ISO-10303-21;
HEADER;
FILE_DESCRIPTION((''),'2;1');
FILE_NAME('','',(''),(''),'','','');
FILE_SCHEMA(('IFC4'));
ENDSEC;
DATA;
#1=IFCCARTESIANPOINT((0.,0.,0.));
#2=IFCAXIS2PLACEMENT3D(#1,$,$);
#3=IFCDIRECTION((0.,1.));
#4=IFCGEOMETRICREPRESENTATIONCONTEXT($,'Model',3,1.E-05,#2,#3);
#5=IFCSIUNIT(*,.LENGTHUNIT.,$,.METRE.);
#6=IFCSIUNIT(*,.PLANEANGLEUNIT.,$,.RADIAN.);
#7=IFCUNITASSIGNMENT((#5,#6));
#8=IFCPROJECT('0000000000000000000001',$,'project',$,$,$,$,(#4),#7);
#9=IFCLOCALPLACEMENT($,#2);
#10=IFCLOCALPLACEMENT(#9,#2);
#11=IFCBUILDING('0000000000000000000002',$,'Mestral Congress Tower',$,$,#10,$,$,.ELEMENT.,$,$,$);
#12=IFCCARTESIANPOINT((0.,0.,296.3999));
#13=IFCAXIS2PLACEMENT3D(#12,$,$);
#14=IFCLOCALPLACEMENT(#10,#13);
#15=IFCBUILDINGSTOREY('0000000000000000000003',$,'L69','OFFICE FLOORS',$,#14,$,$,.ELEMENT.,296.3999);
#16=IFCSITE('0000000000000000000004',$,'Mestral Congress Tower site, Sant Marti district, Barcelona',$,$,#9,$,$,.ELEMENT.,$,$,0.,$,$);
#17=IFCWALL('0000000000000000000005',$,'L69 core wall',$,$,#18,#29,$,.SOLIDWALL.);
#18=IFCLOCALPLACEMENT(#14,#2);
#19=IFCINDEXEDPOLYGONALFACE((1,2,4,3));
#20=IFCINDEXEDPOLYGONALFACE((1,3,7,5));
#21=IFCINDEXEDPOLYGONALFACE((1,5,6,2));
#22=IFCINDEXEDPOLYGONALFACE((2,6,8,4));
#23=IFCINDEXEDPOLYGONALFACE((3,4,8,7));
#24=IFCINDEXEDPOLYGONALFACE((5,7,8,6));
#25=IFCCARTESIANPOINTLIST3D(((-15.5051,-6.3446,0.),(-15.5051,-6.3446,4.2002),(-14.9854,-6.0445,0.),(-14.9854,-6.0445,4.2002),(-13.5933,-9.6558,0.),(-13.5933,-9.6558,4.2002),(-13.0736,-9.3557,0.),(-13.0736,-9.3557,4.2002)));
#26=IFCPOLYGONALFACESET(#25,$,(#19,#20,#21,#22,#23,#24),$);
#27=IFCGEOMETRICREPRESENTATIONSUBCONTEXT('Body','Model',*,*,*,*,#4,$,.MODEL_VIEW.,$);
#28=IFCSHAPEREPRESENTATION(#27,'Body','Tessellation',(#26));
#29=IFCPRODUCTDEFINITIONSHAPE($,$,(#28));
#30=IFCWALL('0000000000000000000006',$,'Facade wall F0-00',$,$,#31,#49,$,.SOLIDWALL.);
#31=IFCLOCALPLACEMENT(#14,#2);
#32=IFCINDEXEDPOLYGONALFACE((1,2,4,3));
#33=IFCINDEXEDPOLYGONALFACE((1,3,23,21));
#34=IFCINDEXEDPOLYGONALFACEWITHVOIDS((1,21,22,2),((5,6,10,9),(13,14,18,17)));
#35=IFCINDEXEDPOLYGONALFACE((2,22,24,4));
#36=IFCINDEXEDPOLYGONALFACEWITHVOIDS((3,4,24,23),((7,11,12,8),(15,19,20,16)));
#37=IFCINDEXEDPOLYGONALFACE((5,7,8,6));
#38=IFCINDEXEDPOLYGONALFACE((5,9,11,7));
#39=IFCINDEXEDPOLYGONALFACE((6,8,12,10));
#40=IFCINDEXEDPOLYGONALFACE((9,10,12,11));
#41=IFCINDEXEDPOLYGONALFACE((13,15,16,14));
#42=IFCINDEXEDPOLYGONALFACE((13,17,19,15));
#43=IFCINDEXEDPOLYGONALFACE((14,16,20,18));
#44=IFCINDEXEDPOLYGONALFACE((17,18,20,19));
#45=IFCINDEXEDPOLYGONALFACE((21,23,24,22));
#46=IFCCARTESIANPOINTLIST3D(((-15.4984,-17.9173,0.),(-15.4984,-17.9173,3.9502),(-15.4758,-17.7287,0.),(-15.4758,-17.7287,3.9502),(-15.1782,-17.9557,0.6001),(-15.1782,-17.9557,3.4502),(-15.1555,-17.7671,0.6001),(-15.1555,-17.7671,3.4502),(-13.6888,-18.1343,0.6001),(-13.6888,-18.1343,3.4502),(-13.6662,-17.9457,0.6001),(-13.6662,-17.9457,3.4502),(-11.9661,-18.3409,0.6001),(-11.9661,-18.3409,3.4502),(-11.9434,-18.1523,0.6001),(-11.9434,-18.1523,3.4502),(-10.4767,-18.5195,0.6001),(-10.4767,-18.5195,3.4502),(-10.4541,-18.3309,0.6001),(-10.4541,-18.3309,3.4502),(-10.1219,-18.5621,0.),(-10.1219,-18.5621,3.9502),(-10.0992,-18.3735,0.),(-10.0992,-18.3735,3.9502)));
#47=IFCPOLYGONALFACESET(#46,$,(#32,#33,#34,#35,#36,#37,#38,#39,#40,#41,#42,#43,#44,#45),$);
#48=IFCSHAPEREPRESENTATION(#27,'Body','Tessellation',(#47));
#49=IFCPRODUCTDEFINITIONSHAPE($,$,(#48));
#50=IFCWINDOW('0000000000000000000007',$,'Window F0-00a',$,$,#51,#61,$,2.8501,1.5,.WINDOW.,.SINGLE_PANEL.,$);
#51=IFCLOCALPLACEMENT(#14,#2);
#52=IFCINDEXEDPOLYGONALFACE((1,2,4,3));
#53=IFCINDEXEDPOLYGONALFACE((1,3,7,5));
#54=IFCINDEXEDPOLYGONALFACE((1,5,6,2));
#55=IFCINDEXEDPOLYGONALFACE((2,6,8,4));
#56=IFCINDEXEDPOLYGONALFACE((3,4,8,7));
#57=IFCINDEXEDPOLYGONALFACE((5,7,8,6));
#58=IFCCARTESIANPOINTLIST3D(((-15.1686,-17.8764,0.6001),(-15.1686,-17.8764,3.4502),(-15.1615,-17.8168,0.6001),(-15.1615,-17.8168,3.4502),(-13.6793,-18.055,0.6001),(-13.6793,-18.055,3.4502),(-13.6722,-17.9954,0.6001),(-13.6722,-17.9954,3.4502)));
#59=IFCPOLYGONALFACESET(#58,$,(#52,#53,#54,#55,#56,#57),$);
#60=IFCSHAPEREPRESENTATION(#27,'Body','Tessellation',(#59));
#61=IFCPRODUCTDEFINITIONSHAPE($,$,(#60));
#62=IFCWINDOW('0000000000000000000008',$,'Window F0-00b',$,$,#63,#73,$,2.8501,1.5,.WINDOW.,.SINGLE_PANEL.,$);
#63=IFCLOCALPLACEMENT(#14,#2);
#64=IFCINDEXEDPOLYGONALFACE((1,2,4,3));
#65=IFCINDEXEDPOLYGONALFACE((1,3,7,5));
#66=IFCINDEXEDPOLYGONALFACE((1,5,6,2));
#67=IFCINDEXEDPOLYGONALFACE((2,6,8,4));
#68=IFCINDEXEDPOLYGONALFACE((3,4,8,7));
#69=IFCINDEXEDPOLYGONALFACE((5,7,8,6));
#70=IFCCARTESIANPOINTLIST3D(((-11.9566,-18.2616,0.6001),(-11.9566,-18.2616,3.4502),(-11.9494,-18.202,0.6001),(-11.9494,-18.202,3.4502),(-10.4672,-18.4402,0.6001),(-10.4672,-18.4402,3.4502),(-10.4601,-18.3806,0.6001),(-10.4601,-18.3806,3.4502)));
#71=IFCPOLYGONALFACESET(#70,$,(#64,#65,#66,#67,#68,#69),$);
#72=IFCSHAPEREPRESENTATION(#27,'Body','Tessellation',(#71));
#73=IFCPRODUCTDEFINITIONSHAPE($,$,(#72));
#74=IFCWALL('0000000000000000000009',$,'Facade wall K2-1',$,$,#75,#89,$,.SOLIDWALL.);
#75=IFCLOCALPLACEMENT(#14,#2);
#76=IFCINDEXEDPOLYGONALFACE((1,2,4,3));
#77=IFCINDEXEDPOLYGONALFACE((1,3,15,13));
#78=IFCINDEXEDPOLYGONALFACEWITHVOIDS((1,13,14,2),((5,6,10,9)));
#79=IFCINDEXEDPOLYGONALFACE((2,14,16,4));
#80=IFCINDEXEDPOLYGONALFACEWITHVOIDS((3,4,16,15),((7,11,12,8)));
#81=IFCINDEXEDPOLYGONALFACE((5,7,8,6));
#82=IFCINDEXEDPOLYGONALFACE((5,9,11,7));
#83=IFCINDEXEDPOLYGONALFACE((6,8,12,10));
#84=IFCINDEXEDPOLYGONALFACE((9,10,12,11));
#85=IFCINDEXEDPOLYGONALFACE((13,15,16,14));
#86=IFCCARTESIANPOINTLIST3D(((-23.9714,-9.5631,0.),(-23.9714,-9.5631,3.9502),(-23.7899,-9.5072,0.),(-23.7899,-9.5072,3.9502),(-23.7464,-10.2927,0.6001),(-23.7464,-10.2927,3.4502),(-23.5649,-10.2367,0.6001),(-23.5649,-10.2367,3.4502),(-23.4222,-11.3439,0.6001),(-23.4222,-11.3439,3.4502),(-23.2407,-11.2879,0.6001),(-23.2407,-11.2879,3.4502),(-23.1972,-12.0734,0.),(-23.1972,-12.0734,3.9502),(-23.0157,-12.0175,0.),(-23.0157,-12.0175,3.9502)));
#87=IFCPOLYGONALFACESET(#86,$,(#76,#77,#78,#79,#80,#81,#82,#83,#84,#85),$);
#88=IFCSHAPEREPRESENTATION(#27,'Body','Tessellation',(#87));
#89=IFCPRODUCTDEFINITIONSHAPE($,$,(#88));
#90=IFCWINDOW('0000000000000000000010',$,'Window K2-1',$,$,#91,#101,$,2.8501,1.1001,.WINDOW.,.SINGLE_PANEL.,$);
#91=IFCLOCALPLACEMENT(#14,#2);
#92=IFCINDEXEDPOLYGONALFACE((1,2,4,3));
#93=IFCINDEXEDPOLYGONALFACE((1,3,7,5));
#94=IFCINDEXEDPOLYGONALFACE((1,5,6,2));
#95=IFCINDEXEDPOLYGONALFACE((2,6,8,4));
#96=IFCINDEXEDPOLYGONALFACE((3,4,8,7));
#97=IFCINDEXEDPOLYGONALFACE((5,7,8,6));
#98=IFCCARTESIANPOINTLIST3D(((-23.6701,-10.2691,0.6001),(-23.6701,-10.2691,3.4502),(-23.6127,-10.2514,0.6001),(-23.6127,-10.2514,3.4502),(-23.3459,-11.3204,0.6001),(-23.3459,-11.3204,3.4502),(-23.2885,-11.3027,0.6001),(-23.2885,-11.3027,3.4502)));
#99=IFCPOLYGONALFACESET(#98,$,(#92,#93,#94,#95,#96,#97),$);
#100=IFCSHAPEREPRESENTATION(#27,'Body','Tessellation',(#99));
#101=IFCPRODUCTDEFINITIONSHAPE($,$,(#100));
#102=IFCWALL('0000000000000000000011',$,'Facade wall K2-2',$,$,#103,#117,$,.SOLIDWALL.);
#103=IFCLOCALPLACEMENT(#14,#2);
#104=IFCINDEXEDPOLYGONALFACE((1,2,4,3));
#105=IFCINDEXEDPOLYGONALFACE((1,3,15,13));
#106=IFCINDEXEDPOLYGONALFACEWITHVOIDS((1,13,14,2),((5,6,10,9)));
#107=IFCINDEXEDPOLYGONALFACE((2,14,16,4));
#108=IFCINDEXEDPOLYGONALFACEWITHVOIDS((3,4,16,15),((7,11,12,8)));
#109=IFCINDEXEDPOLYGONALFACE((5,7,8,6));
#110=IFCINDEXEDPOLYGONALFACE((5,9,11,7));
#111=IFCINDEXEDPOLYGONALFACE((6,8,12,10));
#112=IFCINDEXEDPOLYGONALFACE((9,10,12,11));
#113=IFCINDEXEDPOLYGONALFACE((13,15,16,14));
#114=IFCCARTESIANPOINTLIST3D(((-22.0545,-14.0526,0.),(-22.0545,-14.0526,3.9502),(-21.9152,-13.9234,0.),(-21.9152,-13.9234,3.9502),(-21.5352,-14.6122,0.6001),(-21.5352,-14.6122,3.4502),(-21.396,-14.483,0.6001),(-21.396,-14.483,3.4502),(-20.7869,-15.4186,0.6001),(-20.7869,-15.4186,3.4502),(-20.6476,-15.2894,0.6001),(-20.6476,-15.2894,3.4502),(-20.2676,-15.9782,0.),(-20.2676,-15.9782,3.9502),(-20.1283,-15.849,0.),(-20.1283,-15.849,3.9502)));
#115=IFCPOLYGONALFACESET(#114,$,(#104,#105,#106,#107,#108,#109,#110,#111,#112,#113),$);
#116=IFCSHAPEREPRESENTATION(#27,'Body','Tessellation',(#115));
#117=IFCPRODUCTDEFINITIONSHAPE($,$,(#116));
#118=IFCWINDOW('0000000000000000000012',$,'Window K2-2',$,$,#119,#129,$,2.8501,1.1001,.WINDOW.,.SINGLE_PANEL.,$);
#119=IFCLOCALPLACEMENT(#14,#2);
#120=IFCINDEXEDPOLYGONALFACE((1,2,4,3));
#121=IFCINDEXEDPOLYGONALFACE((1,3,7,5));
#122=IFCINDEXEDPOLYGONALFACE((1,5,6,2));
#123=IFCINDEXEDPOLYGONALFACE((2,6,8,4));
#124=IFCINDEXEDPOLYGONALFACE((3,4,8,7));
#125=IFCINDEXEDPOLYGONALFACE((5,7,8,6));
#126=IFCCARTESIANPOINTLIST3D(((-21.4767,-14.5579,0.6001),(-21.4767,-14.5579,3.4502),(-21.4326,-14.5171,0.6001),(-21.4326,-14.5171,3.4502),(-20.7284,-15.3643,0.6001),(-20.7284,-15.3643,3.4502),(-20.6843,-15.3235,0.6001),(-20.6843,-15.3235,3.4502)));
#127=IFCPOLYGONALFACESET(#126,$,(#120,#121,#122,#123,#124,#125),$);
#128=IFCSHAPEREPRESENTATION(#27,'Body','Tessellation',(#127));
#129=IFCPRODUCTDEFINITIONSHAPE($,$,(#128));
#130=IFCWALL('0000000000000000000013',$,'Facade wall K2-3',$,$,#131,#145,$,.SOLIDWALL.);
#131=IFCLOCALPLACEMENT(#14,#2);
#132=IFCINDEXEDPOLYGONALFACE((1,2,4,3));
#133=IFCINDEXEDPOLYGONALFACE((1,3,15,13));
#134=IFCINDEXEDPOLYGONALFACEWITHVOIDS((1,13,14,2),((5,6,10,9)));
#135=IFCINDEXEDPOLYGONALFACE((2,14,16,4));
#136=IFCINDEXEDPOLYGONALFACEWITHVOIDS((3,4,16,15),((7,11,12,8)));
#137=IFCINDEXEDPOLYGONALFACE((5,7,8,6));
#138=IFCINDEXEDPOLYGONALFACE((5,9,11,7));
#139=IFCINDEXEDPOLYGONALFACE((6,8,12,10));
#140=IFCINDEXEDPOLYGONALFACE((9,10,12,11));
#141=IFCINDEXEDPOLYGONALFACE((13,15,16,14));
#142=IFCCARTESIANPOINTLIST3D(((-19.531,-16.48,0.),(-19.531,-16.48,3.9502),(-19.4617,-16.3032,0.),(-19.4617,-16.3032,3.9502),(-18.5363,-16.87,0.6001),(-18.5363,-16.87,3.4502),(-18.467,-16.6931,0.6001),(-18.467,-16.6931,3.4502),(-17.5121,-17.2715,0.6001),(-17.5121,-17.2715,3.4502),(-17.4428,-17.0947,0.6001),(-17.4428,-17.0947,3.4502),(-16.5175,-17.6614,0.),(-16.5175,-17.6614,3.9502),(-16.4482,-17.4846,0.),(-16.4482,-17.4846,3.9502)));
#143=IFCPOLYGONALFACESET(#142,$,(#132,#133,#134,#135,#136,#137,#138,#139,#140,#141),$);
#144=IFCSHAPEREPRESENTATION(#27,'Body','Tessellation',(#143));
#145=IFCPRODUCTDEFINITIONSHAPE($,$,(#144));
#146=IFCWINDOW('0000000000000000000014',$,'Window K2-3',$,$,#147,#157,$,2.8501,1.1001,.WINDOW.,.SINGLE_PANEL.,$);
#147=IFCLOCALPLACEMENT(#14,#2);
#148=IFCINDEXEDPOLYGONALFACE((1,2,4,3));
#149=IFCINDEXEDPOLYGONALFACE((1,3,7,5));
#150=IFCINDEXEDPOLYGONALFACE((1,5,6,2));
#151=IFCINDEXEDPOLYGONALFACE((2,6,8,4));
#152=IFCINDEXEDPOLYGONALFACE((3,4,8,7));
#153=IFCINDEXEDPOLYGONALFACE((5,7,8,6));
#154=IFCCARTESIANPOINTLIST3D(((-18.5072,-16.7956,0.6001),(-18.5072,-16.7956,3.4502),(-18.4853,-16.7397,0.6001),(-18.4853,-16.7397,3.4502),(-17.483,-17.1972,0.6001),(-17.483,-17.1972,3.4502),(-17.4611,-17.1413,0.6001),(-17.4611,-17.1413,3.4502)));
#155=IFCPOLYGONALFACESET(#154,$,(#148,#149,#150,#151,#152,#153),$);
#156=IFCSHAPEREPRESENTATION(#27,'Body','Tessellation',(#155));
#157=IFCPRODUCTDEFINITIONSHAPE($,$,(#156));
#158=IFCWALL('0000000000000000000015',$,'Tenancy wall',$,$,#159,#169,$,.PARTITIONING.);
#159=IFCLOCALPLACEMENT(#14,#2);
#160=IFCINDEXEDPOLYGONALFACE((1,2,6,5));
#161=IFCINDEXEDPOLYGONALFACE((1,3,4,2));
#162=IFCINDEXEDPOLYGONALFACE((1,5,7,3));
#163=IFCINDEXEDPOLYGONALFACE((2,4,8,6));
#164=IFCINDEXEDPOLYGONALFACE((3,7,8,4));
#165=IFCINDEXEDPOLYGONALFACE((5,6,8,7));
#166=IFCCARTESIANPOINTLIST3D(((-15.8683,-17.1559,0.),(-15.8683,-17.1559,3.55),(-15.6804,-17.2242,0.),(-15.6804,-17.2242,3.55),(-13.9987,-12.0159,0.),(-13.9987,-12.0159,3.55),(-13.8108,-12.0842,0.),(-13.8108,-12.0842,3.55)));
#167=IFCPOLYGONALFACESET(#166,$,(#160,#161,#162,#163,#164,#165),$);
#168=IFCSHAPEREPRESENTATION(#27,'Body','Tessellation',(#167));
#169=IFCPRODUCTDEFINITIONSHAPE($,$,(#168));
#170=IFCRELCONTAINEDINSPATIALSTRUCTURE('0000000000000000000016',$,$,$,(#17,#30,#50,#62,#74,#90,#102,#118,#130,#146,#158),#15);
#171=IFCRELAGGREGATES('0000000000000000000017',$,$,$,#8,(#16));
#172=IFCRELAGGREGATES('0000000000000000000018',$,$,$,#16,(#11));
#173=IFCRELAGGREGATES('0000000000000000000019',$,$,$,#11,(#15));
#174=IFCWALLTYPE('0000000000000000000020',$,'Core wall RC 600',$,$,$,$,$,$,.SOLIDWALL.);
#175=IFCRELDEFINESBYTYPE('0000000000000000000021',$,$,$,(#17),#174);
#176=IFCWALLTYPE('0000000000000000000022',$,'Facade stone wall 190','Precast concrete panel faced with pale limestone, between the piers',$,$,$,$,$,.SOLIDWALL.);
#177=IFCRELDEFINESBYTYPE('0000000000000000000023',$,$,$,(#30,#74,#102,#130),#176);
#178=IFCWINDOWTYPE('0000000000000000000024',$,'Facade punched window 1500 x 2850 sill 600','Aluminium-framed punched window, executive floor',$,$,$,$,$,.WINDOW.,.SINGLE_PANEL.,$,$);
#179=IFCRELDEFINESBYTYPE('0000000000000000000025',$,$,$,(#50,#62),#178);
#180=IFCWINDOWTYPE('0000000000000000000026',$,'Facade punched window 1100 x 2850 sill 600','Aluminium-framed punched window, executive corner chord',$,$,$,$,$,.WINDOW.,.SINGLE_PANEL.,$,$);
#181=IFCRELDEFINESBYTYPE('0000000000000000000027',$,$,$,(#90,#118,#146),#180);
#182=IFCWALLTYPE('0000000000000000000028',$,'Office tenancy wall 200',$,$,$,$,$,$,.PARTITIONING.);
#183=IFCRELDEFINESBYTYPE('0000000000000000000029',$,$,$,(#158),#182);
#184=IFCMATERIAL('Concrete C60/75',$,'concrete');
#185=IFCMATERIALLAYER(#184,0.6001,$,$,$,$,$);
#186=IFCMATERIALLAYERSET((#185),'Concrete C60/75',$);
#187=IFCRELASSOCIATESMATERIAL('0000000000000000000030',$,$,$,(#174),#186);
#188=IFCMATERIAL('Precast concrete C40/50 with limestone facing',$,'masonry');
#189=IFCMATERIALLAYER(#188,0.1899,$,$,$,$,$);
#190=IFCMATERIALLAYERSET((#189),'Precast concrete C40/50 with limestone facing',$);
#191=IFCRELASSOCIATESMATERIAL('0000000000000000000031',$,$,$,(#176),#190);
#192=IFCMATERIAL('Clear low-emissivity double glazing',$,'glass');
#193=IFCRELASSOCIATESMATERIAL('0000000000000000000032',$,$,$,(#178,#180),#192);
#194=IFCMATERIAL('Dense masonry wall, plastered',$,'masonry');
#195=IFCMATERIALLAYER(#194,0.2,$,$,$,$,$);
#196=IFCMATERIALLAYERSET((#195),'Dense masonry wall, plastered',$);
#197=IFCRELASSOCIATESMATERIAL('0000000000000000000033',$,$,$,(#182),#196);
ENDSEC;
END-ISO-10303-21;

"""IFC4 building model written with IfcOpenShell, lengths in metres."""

from ifc_helpers import new_model, si_unit, direction, frame, frame_2d, origin, place, context, subcontext, project, spatial, rectangle, extrude, material, layer, layer_set, type_object, element, fill, save


model = new_model("IFC4")

# Units and contexts
model_context = context("Model", 3, precision=1e-05, world=origin(), true_north=direction((0.0, 1.0)))
body_context = subcontext(model_context, "Body", "Model", "MODEL_VIEW")
ifc_project = project(units=[si_unit("LENGTHUNIT", "METRE"), si_unit("PLANEANGLEUNIT", "RADIAN")], contexts=[model_context])

# Site, building, storey
site_placement = place(None, origin())
site = spatial("IfcSite", under=ifc_project, at=site_placement, Name="Mestral Congress Tower site, Sant Marti district, Barcelona", CompositionType="ELEMENT", RefElevation=0.0)
building_placement = place(site_placement, origin())
building = spatial("IfcBuilding", under=site, at=building_placement, Name="Mestral Congress Tower", CompositionType="ELEMENT")
storey_placement = place(building_placement, frame((0.0, 0.0, 296.3999)))
storey = spatial("IfcBuildingStorey", under=building, at=storey_placement, Name="L69", Description="OFFICE FLOORS", CompositionType="ELEMENT", Elevation=296.3999)

# Shared definitions
ifc_material_1 = material(Name="Concrete C60/75", Category="concrete")

# Wall
ifc_layer_1 = layer(ifc_material_1, 0.6001)
ifc_layer_set_1 = layer_set([ifc_layer_1], Name="Concrete C60/75")
wall_type_1 = type_object("IfcWallType", Name="Core wall RC 600", PredefinedType="SOLIDWALL", material=ifc_layer_set_1)
wall_1_placement = place(storey_placement, frame((-13.3335, -9.5056, 0.0), z_axis=(0.0, 0.0, 1.0), x_axis=(-0.500019, 0.866014, 0.0)))
element("IfcWall", 1, at=wall_1_placement, inside=storey, type_object=wall_type_1, Name="L69 core wall", PredefinedType="SOLIDWALL", context=body_context, shape_type="SweptSolid", body=[
    extrude(rectangle(XDim=3.8235, YDim=0.6001, at=frame_2d((1.9116, 0.0))), origin(), (0.0, 0.0, 1.0), 4.2002),
])

# Wall, openings, windows
ifc_material_2 = material(Name="Precast concrete C40/50 with limestone facing", Category="masonry")
ifc_layer_2 = layer(ifc_material_2, 0.1899)
ifc_layer_set_2 = layer_set([ifc_layer_2], Name="Precast concrete C40/50 with limestone facing")
wall_type_2 = type_object("IfcWallType", Name="Facade stone wall 190", Description="Precast concrete panel faced with pale limestone, between the piers", PredefinedType="SOLIDWALL", material=ifc_layer_set_2)
wall_2_placement = place(storey_placement, frame((-15.4871, -17.823, 0.0), z_axis=(0.0, 0.0, 1.0), x_axis=(0.992886, -0.119072, 0.0)))
wall_2 = element("IfcWall", 2, at=wall_2_placement, inside=storey, type_object=wall_type_2, Name="Facade wall F0-00", PredefinedType="SOLIDWALL", context=body_context, shape_type="SweptSolid", body=[
    extrude(rectangle(XDim=5.415, YDim=0.1899, at=frame_2d((2.7075, 0.0))), origin(), (0.0, 0.0, 1.0), 3.9502),
])
opening_1_placement = place(wall_2_placement, frame((0.3225, 0.0, 0.6001)))
opening_1 = element("IfcOpeningElement", 3, at=opening_1_placement, cuts=wall_2, PredefinedType="OPENING", context=body_context, shape_type="SweptSolid", body=[
    extrude(rectangle(XDim=1.5, YDim=2.8501, at=frame_2d((0.75, 1.425))), frame((0.0, 0.105, 0.0), z_axis=(0.0, -1.0, 0.0), x_axis=(1.0, 0.0, 0.0)), (0.0, 0.0, 1.0), 0.21),
])
opening_2_placement = place(wall_2_placement, frame((3.5576, 0.0, 0.6001)))
opening_2 = element("IfcOpeningElement", 4, at=opening_2_placement, cuts=wall_2, PredefinedType="OPENING", context=body_context, shape_type="SweptSolid", body=[
    extrude(rectangle(XDim=1.5, YDim=2.8501, at=frame_2d((0.75, 1.425))), frame((0.0, 0.105, 0.0), z_axis=(0.0, -1.0, 0.0), x_axis=(1.0, 0.0, 0.0)), (0.0, 0.0, 1.0), 0.21),
])
ifc_material_3 = material(Name="Clear low-emissivity double glazing", Category="glass")
window_type_1 = type_object("IfcWindowType", Name="Facade punched window 1500 x 2850 sill 600", Description="Aluminium-framed punched window, executive floor", PartitioningType="SINGLE_PANEL", PredefinedType="WINDOW", material=ifc_material_3)
window_1_placement = place(opening_1_placement, origin())
window_1 = element("IfcWindow", 5, at=window_1_placement, inside=storey, type_object=window_type_1, Name="Window F0-00a", OverallHeight=2.8501, OverallWidth=1.5, PartitioningType="SINGLE_PANEL", PredefinedType="WINDOW", context=body_context, shape_type="SweptSolid", body=[
    extrude(rectangle(XDim=1.5, YDim=2.8501, at=frame_2d((0.75, 1.425))), frame((0.0, 0.0449, 0.0), z_axis=(0.0, -1.0, 0.0), x_axis=(1.0, 0.0, 0.0)), (0.0, 0.0, 1.0), 0.0601),
])
fill(opening_1, window_1)
window_2_placement = place(opening_2_placement, origin())
window_2 = element("IfcWindow", 6, at=window_2_placement, inside=storey, type_object=window_type_1, Name="Window F0-00b", OverallHeight=2.8501, OverallWidth=1.5, PartitioningType="SINGLE_PANEL", PredefinedType="WINDOW", context=body_context, shape_type="SweptSolid", body=[
    extrude(rectangle(XDim=1.5, YDim=2.8501, at=frame_2d((0.75, 1.425))), frame((0.0, 0.0449, 0.0), z_axis=(0.0, -1.0, 0.0), x_axis=(1.0, 0.0, 0.0)), (0.0, 0.0, 1.0), 0.0601),
])
fill(opening_2, window_2)

# Walls, openings, windows
wall_3_placement = place(storey_placement, frame((-23.8806, -9.5352, 0.0), z_axis=(0.0, 0.0, 1.0), x_axis=(0.294706, -0.955588, 0.0)))
wall_3 = element("IfcWall", 7, at=wall_3_placement, inside=storey, type_object=wall_type_2, Name="Facade wall K2-1", PredefinedType="SOLIDWALL", context=body_context, shape_type="SweptSolid", body=[
    extrude(rectangle(XDim=2.627, YDim=0.1899, at=frame_2d((1.3135, 0.0))), origin(), (0.0, 0.0, 1.0), 3.9502),
])
opening_3_placement = place(wall_3_placement, frame((0.7634, 0.0, 0.6001)))
opening_3 = element("IfcOpeningElement", 8, at=opening_3_placement, cuts=wall_3, PredefinedType="OPENING", context=body_context, shape_type="SweptSolid", body=[
    extrude(rectangle(XDim=1.1001, YDim=2.8501, at=frame_2d((0.55, 1.425))), frame((0.0, 0.105, 0.0), z_axis=(0.0, -1.0, 0.0), x_axis=(1.0, 0.0, 0.0)), (0.0, 0.0, 1.0), 0.21),
])
window_type_2 = type_object("IfcWindowType", Name="Facade punched window 1100 x 2850 sill 600", Description="Aluminium-framed punched window, executive corner chord", PartitioningType="SINGLE_PANEL", PredefinedType="WINDOW", material=ifc_material_3)
window_3_placement = place(opening_3_placement, origin())
window_3 = element("IfcWindow", 9, at=window_3_placement, inside=storey, type_object=window_type_2, Name="Window K2-1", OverallHeight=2.8501, OverallWidth=1.1001, PartitioningType="SINGLE_PANEL", PredefinedType="WINDOW", context=body_context, shape_type="SweptSolid", body=[
    extrude(rectangle(XDim=1.1001, YDim=2.8501, at=frame_2d((0.55, 1.425))), frame((0.0, 0.0449, 0.0), z_axis=(0.0, -1.0, 0.0), x_axis=(1.0, 0.0, 0.0)), (0.0, 0.0, 1.0), 0.0601),
])
fill(opening_3, window_3)
wall_4_placement = place(storey_placement, frame((-21.9849, -13.988, 0.0), z_axis=(0.0, 0.0, 1.0), x_axis=(0.680219, -0.733009, 0.0)))
wall_4 = element("IfcWall", 10, at=wall_4_placement, inside=storey, type_object=wall_type_2, Name="Facade wall K2-2", PredefinedType="SOLIDWALL", context=body_context, shape_type="SweptSolid", body=[
    extrude(rectangle(XDim=2.627, YDim=0.1899, at=frame_2d((1.3135, 0.0))), origin(), (0.0, 0.0, 1.0), 3.9502),
])
opening_4_placement = place(wall_4_placement, frame((0.7634, 0.0, 0.6001)))
opening_4 = element("IfcOpeningElement", 11, at=opening_4_placement, cuts=wall_4, PredefinedType="OPENING", context=body_context, shape_type="SweptSolid", body=[
    extrude(rectangle(XDim=1.1001, YDim=2.8501, at=frame_2d((0.55, 1.425))), frame((0.0, 0.105, 0.0), z_axis=(0.0, -1.0, 0.0), x_axis=(1.0, 0.0, 0.0)), (0.0, 0.0, 1.0), 0.21),
])
window_4_placement = place(opening_4_placement, origin())
window_4 = element("IfcWindow", 12, at=window_4_placement, inside=storey, type_object=window_type_2, Name="Window K2-2", OverallHeight=2.8501, OverallWidth=1.1001, PartitioningType="SINGLE_PANEL", PredefinedType="WINDOW", context=body_context, shape_type="SweptSolid", body=[
    extrude(rectangle(XDim=1.1001, YDim=2.8501, at=frame_2d((0.55, 1.425))), frame((0.0, 0.0449, 0.0), z_axis=(0.0, -1.0, 0.0), x_axis=(1.0, 0.0, 0.0)), (0.0, 0.0, 1.0), 0.0601),
])
fill(opening_4, window_4)
wall_5_placement = place(storey_placement, frame((-19.4963, -16.3916, 0.0), z_axis=(0.0, 0.0, 1.0), x_axis=(0.931009, -0.364997, 0.0)))
wall_5 = element("IfcWall", 13, at=wall_5_placement, inside=storey, type_object=wall_type_2, Name="Facade wall K2-3", PredefinedType="SOLIDWALL", context=body_context, shape_type="SweptSolid", body=[
    extrude(rectangle(XDim=3.2368, YDim=0.1899, at=frame_2d((1.6184, 0.0))), origin(), (0.0, 0.0, 1.0), 3.9502),
])
opening_5_placement = place(wall_5_placement, frame((1.0684, 0.0, 0.6001)))
opening_5 = element("IfcOpeningElement", 14, at=opening_5_placement, cuts=wall_5, PredefinedType="OPENING", context=body_context, shape_type="SweptSolid", body=[
    extrude(rectangle(XDim=1.1001, YDim=2.8501, at=frame_2d((0.55, 1.425))), frame((0.0, 0.105, 0.0), z_axis=(0.0, -1.0, 0.0), x_axis=(1.0, 0.0, 0.0)), (0.0, 0.0, 1.0), 0.21),
])
window_5_placement = place(opening_5_placement, origin())
window_5 = element("IfcWindow", 15, at=window_5_placement, inside=storey, type_object=window_type_2, Name="Window K2-3", OverallHeight=2.8501, OverallWidth=1.1001, PartitioningType="SINGLE_PANEL", PredefinedType="WINDOW", context=body_context, shape_type="SweptSolid", body=[
    extrude(rectangle(XDim=1.1001, YDim=2.8501, at=frame_2d((0.55, 1.425))), frame((0.0, 0.0449, 0.0), z_axis=(0.0, -1.0, 0.0), x_axis=(1.0, 0.0, 0.0)), (0.0, 0.0, 1.0), 0.0601),
])
fill(opening_5, window_5)

# Wall
ifc_material_4 = material(Name="Dense masonry wall, plastered", Category="masonry")
ifc_layer_3 = layer(ifc_material_4, 0.2)
ifc_layer_set_3 = layer_set([ifc_layer_3], Name="Dense masonry wall, plastered")
wall_type_3 = type_object("IfcWallType", Name="Office tenancy wall 200", PredefinedType="PARTITIONING", material=ifc_layer_set_3)
wall_6_placement = place(storey_placement, frame((-15.7744, -17.1902, 0.0), z_axis=(0.0, 0.0, 1.0), x_axis=(0.341822, 0.939765, 0.0)))
element("IfcWall", 16, at=wall_6_placement, inside=storey, type_object=wall_type_3, Name="Tenancy wall", PredefinedType="PARTITIONING", context=body_context, shape_type="SweptSolid", body=[
    extrude(rectangle(XDim=5.4695, YDim=0.2, at=frame_2d((2.7349, 0.0))), origin(), (0.0, 0.0, 1.0), 3.55),
])

save(model, "model.ifc")
